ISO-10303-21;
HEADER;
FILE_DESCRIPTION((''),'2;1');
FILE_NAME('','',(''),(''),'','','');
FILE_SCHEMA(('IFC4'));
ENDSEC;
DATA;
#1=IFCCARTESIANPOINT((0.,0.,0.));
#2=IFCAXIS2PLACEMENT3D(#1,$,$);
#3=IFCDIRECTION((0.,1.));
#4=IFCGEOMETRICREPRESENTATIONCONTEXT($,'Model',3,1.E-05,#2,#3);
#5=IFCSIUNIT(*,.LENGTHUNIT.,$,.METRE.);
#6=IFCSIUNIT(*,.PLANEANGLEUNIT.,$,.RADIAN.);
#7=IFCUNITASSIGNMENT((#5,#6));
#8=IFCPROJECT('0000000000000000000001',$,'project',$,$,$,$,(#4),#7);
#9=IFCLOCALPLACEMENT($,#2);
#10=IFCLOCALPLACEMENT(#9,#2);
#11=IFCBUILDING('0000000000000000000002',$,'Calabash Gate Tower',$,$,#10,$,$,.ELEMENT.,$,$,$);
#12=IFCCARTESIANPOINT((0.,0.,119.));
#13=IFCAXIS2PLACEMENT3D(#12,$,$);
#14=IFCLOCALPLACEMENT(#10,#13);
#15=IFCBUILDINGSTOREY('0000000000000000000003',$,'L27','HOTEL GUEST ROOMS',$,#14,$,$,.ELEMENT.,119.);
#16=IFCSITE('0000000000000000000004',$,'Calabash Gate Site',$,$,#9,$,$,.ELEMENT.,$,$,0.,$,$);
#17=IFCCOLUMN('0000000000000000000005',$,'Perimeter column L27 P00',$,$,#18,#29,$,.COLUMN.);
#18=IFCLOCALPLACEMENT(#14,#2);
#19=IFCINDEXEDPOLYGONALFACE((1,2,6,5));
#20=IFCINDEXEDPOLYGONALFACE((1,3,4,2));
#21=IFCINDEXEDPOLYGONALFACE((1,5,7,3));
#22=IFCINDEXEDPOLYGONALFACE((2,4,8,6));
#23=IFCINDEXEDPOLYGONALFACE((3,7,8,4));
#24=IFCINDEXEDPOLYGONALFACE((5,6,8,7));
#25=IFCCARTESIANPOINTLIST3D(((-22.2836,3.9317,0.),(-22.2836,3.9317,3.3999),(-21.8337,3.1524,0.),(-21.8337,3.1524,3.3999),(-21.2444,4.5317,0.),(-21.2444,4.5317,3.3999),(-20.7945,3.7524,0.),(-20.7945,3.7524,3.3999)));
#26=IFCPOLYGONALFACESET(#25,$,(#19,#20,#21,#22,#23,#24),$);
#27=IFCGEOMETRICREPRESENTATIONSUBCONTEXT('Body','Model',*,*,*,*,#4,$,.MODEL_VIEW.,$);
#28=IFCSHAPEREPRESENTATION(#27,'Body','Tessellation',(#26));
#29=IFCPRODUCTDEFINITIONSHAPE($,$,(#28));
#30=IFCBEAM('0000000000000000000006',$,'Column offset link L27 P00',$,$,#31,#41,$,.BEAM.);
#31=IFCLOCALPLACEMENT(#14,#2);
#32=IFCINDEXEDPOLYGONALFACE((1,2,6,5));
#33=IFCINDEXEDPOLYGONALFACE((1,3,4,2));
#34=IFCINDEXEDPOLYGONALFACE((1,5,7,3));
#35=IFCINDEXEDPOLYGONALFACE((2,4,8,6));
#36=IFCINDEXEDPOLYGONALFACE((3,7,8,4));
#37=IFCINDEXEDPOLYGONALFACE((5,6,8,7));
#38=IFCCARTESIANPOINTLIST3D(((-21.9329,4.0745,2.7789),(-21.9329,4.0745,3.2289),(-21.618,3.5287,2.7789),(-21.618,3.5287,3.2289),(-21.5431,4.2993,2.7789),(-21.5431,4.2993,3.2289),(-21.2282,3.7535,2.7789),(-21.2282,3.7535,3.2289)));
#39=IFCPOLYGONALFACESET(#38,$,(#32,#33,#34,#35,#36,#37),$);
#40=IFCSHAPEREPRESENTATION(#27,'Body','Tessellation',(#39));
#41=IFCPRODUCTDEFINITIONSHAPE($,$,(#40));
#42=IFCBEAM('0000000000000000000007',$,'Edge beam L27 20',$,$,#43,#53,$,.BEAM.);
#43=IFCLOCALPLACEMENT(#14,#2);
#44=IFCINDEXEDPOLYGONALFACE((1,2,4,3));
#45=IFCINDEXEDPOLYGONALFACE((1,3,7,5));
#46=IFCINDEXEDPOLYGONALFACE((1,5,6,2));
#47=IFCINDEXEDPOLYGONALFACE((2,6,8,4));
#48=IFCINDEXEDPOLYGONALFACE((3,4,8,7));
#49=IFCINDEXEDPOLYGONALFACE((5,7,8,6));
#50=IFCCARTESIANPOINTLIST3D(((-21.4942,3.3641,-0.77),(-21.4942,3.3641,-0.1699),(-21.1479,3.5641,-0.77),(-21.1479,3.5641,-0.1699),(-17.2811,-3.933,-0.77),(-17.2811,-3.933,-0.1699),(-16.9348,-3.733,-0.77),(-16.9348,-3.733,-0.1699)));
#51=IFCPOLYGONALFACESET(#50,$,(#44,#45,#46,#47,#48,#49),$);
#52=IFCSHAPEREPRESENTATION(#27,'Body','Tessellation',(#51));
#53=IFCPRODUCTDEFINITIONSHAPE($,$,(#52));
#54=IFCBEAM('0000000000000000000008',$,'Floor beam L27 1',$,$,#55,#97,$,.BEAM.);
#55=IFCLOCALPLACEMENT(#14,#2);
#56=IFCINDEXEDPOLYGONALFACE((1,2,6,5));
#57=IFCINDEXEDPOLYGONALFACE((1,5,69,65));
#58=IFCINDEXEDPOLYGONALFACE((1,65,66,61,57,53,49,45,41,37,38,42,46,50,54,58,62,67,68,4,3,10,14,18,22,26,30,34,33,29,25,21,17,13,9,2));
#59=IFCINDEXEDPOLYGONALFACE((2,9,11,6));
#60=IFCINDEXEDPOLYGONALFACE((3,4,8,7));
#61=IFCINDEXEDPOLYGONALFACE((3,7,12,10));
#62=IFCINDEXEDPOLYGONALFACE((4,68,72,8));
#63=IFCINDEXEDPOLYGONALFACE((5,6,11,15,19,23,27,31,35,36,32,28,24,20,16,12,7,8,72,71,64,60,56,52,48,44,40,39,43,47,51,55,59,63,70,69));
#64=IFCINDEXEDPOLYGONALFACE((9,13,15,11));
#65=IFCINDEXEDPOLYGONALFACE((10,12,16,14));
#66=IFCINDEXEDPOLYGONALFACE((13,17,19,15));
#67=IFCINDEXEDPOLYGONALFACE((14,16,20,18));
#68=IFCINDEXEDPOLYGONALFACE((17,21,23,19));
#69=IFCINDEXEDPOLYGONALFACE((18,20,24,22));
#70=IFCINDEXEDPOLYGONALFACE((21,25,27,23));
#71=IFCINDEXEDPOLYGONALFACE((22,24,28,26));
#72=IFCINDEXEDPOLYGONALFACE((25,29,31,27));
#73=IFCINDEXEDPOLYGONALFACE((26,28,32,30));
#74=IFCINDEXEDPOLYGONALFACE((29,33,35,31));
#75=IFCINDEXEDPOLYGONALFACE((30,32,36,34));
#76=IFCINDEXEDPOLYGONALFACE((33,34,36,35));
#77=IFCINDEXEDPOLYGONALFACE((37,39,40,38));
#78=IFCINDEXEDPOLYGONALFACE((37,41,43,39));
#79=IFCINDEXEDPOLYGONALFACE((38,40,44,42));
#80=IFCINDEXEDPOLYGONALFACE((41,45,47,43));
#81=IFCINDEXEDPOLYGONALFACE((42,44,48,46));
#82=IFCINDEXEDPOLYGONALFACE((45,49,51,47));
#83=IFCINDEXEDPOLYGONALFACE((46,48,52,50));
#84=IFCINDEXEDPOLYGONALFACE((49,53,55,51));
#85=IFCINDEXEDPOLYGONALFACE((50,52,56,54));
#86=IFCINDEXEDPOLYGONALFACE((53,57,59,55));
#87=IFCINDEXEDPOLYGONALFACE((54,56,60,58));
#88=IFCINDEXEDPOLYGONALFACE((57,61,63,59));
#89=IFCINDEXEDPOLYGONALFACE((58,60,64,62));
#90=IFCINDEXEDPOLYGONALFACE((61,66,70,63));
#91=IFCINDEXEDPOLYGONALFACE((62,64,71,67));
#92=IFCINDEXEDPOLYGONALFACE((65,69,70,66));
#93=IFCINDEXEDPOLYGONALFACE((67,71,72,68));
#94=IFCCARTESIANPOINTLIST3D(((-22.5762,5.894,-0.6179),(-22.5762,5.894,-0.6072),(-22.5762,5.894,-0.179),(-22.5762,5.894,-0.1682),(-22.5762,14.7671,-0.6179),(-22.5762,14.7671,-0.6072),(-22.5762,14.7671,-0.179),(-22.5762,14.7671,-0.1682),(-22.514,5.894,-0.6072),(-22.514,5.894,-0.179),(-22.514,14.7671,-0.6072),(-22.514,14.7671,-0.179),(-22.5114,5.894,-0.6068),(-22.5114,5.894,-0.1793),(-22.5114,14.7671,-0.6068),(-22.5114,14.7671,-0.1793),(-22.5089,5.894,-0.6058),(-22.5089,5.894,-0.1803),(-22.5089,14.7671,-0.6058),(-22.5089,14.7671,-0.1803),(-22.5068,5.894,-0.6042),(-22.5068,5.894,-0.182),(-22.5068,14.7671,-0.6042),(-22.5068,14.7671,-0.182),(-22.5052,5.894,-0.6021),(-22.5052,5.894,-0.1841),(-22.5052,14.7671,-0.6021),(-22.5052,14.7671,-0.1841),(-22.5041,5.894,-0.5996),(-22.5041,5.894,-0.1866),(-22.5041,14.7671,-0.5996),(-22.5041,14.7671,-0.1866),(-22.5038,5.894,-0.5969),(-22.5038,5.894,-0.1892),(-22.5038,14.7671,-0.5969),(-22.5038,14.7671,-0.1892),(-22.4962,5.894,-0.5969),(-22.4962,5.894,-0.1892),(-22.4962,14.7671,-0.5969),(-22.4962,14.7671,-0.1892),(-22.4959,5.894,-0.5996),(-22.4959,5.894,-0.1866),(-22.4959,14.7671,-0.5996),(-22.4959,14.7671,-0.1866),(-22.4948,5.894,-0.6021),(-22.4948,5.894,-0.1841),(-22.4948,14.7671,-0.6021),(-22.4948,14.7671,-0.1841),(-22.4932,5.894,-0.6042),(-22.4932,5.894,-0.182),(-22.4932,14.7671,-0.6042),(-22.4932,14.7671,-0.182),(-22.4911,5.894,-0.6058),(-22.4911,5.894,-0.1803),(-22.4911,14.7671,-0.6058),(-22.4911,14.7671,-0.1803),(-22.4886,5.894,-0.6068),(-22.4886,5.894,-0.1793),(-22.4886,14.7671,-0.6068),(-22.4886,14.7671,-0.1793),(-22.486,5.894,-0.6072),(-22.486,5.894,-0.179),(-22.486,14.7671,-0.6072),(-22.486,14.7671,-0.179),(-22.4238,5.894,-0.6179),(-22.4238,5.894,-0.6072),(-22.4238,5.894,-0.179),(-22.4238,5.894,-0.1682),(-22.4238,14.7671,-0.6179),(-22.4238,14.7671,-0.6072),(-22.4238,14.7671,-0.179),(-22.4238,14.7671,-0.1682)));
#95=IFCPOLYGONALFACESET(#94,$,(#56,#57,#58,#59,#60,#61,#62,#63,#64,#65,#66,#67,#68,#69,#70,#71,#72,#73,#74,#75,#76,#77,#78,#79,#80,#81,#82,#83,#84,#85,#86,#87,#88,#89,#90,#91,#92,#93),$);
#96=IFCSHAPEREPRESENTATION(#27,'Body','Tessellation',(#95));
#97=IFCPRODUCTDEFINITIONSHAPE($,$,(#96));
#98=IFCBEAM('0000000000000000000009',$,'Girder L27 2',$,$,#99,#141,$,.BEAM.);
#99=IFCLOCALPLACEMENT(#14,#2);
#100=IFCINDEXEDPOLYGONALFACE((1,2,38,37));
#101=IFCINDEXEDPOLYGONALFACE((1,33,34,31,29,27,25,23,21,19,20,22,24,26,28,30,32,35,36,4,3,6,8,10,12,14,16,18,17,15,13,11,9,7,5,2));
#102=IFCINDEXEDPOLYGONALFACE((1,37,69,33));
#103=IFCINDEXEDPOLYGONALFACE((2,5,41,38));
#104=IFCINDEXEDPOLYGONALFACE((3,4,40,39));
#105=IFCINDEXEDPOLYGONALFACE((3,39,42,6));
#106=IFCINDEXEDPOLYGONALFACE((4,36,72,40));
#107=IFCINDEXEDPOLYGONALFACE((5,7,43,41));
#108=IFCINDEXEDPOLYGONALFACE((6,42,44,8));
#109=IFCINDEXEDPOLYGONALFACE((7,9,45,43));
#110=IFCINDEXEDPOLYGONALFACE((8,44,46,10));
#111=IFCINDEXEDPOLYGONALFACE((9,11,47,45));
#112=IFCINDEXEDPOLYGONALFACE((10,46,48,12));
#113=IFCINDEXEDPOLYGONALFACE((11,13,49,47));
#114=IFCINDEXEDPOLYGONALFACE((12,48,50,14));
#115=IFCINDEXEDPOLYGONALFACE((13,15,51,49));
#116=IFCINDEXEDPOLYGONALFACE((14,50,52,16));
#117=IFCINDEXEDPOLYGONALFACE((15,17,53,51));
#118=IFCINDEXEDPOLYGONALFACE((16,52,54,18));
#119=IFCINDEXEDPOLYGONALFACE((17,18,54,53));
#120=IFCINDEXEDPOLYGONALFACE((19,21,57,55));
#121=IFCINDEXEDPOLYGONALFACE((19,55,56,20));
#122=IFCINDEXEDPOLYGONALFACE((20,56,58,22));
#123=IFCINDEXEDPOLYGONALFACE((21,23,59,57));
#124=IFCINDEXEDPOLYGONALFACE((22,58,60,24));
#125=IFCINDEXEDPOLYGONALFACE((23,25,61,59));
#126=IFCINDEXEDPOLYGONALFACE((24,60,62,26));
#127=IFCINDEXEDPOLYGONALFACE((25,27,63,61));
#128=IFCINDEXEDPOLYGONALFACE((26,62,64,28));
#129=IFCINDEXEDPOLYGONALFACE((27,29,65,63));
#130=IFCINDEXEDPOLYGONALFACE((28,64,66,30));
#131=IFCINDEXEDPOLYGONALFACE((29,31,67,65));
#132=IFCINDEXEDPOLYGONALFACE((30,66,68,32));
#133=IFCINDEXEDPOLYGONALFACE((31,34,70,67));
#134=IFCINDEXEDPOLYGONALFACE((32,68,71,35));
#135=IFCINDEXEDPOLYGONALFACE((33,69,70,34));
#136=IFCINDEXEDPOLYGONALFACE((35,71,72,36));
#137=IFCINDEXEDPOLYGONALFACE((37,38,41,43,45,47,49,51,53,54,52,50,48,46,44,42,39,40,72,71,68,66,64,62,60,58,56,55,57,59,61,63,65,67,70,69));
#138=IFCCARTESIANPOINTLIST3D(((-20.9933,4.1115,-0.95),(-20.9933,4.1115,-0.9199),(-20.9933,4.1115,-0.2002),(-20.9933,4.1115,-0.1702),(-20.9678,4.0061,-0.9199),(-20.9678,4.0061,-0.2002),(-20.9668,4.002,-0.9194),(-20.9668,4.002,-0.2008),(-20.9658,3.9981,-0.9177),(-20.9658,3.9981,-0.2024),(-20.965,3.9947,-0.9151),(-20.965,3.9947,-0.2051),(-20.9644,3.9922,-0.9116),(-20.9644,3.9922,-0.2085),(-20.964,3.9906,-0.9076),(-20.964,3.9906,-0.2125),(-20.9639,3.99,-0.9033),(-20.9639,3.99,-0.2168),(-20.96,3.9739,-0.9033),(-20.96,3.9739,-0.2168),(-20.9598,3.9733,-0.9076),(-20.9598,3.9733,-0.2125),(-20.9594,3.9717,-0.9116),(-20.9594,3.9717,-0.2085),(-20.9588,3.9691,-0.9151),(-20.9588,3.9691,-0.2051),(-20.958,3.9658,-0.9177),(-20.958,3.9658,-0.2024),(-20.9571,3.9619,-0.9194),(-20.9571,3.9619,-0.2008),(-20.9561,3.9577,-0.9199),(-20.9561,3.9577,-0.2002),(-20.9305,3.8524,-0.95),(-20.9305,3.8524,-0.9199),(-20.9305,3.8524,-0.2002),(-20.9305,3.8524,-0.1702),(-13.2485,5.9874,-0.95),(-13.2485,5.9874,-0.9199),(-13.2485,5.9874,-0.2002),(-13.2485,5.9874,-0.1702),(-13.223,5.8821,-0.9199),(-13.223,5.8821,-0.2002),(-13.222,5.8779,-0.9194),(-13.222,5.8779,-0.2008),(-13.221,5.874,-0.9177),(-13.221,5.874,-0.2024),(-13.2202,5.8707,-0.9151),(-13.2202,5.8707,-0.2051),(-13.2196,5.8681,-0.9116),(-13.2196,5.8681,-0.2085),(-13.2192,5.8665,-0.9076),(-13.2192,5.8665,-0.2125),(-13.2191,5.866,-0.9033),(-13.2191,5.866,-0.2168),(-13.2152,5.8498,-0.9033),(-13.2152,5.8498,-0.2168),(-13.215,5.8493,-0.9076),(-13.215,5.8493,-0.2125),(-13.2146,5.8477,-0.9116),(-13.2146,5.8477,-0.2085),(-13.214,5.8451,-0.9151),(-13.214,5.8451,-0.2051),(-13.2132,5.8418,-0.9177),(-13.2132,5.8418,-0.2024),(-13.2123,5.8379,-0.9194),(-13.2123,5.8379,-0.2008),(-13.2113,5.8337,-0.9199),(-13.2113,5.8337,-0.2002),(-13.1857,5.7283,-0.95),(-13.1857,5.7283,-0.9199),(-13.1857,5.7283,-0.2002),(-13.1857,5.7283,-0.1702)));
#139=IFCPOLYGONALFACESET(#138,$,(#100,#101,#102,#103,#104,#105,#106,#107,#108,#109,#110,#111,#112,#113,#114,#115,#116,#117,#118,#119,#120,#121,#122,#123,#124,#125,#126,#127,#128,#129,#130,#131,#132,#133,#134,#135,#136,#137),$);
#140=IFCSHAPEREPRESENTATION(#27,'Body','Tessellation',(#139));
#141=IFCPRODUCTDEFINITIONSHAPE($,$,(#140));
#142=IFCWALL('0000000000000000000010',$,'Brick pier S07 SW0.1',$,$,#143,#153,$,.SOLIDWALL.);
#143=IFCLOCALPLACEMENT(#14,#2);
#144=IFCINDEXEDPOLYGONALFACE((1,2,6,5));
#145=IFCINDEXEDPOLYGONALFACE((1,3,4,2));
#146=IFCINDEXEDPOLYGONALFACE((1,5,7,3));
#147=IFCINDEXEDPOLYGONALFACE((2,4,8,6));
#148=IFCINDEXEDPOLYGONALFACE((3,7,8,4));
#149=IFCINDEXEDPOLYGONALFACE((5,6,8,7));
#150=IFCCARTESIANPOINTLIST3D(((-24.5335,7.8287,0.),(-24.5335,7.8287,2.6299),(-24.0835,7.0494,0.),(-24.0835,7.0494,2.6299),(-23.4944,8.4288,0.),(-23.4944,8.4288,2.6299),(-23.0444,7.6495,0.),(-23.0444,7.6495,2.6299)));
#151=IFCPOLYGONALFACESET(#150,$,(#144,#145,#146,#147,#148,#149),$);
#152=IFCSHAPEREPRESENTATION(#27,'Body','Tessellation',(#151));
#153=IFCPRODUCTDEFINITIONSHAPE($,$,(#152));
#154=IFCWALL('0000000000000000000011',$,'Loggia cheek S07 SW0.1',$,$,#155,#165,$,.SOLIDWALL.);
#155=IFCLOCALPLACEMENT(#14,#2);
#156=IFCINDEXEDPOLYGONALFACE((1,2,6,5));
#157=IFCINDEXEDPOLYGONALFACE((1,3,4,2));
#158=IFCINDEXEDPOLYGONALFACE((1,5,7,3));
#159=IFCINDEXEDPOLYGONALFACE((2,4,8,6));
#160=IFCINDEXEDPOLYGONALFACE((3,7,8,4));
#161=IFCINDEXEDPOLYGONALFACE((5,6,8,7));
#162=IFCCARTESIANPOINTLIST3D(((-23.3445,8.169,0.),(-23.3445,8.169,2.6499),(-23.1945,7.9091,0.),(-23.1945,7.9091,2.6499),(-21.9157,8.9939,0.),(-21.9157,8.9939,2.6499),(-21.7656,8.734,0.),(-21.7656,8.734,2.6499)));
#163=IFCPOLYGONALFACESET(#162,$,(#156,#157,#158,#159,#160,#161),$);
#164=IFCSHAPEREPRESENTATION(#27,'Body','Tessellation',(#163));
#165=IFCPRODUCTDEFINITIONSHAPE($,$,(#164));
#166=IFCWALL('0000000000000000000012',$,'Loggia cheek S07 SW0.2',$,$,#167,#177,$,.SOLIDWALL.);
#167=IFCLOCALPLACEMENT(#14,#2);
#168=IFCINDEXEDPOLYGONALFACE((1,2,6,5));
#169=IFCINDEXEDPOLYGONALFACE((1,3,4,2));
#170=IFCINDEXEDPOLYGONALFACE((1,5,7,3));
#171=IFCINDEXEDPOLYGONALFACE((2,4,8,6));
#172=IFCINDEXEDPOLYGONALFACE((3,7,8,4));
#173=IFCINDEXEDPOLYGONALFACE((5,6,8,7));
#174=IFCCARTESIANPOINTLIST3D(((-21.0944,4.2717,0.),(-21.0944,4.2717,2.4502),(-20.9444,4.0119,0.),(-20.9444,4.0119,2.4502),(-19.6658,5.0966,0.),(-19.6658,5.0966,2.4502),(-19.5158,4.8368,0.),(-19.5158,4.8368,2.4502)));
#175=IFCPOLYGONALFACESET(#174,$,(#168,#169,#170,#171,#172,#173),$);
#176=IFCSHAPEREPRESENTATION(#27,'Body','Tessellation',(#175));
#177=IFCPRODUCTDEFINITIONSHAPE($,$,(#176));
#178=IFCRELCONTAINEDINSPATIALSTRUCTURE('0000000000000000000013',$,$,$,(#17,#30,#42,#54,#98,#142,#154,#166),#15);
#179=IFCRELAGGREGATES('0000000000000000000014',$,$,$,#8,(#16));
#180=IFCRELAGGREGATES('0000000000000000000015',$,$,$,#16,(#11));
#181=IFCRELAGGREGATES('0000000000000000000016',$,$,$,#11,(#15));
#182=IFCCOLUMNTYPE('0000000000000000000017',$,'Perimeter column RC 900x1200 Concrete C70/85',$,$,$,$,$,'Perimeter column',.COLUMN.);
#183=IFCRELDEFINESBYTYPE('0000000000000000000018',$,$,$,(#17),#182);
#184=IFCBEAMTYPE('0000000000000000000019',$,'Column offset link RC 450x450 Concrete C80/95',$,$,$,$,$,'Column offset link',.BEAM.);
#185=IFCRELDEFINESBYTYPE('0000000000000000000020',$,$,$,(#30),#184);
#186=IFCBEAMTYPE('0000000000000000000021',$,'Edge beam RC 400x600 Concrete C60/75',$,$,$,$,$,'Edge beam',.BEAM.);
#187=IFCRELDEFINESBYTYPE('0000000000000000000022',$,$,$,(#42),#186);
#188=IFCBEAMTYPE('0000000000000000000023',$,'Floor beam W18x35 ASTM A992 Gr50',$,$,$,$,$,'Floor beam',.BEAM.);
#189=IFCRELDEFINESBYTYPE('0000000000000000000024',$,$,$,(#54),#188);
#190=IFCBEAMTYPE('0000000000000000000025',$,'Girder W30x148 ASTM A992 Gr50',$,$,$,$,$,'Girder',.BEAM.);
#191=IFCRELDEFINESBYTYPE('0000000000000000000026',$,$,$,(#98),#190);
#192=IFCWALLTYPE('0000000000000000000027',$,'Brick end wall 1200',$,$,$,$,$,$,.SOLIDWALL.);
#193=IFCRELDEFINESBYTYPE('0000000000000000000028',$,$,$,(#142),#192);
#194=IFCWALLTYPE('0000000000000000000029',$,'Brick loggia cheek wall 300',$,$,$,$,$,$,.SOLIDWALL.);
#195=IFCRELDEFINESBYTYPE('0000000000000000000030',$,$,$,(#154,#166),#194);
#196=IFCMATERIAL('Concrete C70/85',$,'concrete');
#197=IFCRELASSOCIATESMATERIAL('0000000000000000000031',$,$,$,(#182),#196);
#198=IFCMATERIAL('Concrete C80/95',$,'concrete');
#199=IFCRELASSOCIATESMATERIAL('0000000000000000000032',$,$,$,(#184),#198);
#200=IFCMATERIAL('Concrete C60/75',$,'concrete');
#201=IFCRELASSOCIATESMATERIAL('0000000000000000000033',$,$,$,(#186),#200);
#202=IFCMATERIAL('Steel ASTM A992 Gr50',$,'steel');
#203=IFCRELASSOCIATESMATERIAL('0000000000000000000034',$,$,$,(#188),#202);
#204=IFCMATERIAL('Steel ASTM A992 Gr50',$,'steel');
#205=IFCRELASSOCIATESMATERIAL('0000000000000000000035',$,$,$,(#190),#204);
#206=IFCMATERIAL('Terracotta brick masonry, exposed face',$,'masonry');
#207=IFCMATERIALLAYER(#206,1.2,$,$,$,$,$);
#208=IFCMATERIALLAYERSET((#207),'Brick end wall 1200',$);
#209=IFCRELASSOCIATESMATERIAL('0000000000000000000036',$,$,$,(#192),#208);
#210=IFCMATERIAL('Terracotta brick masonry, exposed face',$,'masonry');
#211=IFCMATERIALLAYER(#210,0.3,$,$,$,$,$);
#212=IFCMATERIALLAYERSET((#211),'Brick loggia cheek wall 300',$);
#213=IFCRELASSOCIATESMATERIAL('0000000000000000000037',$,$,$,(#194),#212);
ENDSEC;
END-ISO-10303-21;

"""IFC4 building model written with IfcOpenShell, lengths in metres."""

from ifc_helpers import new_model, si_unit, direction, frame, frame_2d, origin, origin_2d, place, context, subcontext, project, spatial, rectangle, i_section, extrude, material, layer, layer_set, material_profile, profile_set, type_object, element, save


model = new_model("IFC4")

# Units and contexts
model_context = context("Model", 3, precision=1e-05, world=origin(), true_north=direction((0.0, 1.0)))
body_context = subcontext(model_context, "Body", "Model", "MODEL_VIEW")
ifc_project = project(units=[si_unit("LENGTHUNIT", "METRE"), si_unit("PLANEANGLEUNIT", "RADIAN")], contexts=[model_context])

# Site, building, storey
site_placement = place(None, origin())
site = spatial("IfcSite", under=ifc_project, at=site_placement, Name="Calabash Gate Site", CompositionType="ELEMENT", RefElevation=0.0)
building_placement = place(site_placement, origin())
building = spatial("IfcBuilding", under=site, at=building_placement, Name="Calabash Gate Tower", CompositionType="ELEMENT")
storey_placement = place(building_placement, frame((0.0, 0.0, 119.0)))
storey = spatial("IfcBuildingStorey", under=building, at=storey_placement, Name="L27", Description="HOTEL GUEST ROOMS", CompositionType="ELEMENT", Elevation=119.0)

# Column
ifc_material_1 = material(Name="Concrete C70/85", Category="concrete")
ifc_material_profile_1 = material_profile(ifc_material_1, rectangle(XDim=0.8999, YDim=1.2, at=origin_2d()))
ifc_profile_set_1 = profile_set([ifc_material_profile_1], Name="Concrete C70/85")
column_type = type_object("IfcColumnType", Name="Perimeter column RC 900x1200 Concrete C70/85", ElementType="Perimeter column", PredefinedType="COLUMN", material=ifc_profile_set_1)
column_placement = place(storey_placement, frame((-21.5391, 3.842, 0.0), z_axis=(0.0, 0.0, 1.0), x_axis=(0.5, -0.866025, 0.0)))
element("IfcColumn", 1, at=column_placement, inside=storey, type_object=column_type, Name="Perimeter column L27 P00", PredefinedType="COLUMN", context=body_context, shape_type="SweptSolid", body=[
    extrude(rectangle(XDim=0.8999, YDim=1.2, at=origin_2d()), origin(), (0.0, 0.0, 1.0), 3.3999),
])

# Beams
ifc_material_2 = material(Name="Concrete C80/95", Category="concrete")
ifc_material_profile_2 = material_profile(ifc_material_2, rectangle(XDim=0.45, YDim=0.45, at=origin_2d()))
ifc_profile_set_2 = profile_set([ifc_material_profile_2], Name="Concrete C80/95")
beam_type_1 = type_object("IfcBeamType", Name="Column offset link RC 450x450 Concrete C80/95", ElementType="Column offset link", PredefinedType="BEAM", material=ifc_profile_set_2)
beam_1_placement = place(storey_placement, frame((-21.4231, 3.6411, 3.0039), z_axis=(-0.499722, 0.866186, 0.0), x_axis=(-0.866186, -0.499722, 0.0)))
element("IfcBeam", 2, at=beam_1_placement, inside=storey, type_object=beam_type_1, Name="Column offset link L27 P00", PredefinedType="BEAM", context=body_context, shape_type="SweptSolid", body=[
    extrude(rectangle(XDim=0.45, YDim=0.45, at=origin_2d()), origin(), (0.0, 0.0, 1.0), 0.6301),
])
ifc_material_3 = material(Name="Concrete C60/75", Category="concrete")
ifc_material_profile_3 = material_profile(ifc_material_3, rectangle(XDim=0.3999, YDim=0.6001, at=origin_2d()))
ifc_profile_set_3 = profile_set([ifc_material_profile_3], Name="Concrete C60/75")
beam_type_2 = type_object("IfcBeamType", Name="Edge beam RC 400x600 Concrete C60/75", ElementType="Edge beam", PredefinedType="BEAM", material=ifc_profile_set_3)
beam_2_placement = place(storey_placement, frame((-21.321, 3.4641, -0.47), z_axis=(0.500013, -0.866018, 0.0), x_axis=(0.866018, 0.500013, 0.0)))
element("IfcBeam", 3, at=beam_2_placement, inside=storey, type_object=beam_type_2, Name="Edge beam L27 20", PredefinedType="BEAM", context=body_context, shape_type="SweptSolid", body=[
    extrude(rectangle(XDim=0.3999, YDim=0.6001, at=origin_2d()), origin(), (0.0, 0.0, 1.0), 8.426),
])
ifc_material_4 = material(Name="Steel ASTM A992 Gr50", Category="steel")
ifc_material_profile_4 = material_profile(ifc_material_4, i_section(OverallWidth=0.1523, OverallDepth=0.4497, WebThickness=0.0076, FlangeThickness=0.0107, FilletRadius=0.0103, at=origin_2d()))
ifc_profile_set_4 = profile_set([ifc_material_profile_4], Name="Steel ASTM A992 Gr50")
beam_type_3 = type_object("IfcBeamType", Name="Floor beam W18x35 ASTM A992 Gr50", ElementType="Floor beam", PredefinedType="BEAM", material=ifc_profile_set_4)
beam_3_placement = place(storey_placement, frame((-22.5, 5.894, -0.3931), z_axis=(0.0, 1.0, 0.0), x_axis=(-1.0, 0.0, 0.0)))
element("IfcBeam", 4, at=beam_3_placement, inside=storey, type_object=beam_type_3, Name="Floor beam L27 1", PredefinedType="BEAM", context=body_context, shape_type="SweptSolid", body=[
    extrude(i_section(OverallWidth=0.1523, OverallDepth=0.4497, WebThickness=0.0076, FlangeThickness=0.0107, FilletRadius=0.0103, at=origin_2d()), origin(), (0.0, 0.0, 1.0), 8.873),
])
ifc_material_5 = material(Name="Steel ASTM A992 Gr50", Category="steel")
ifc_material_profile_5 = material_profile(ifc_material_5, i_section(OverallWidth=0.2666, OverallDepth=0.7798, WebThickness=0.0166, FlangeThickness=0.03, FilletRadius=0.0166, at=origin_2d()))
ifc_profile_set_5 = profile_set([ifc_material_profile_5], Name="Steel ASTM A992 Gr50")
beam_type_4 = type_object("IfcBeamType", Name="Girder W30x148 ASTM A992 Gr50", ElementType="Girder", PredefinedType="BEAM", material=ifc_profile_set_5)
beam_4_placement = place(storey_placement, frame((-20.9619, 3.9819, -0.5601), z_axis=(0.971895, 0.235414, 0.0), x_axis=(-0.235414, 0.971895, 0.0)))
element("IfcBeam", 5, at=beam_4_placement, inside=storey, type_object=beam_type_4, Name="Girder L27 2", PredefinedType="BEAM", context=body_context, shape_type="SweptSolid", body=[
    extrude(i_section(OverallWidth=0.2666, OverallDepth=0.7798, WebThickness=0.0166, FlangeThickness=0.03, FilletRadius=0.0166, at=origin_2d()), origin(), (0.0, 0.0, 1.0), 7.9688),
])

# Walls
ifc_material_6 = material(Name="Terracotta brick masonry, exposed face", Category="masonry")
ifc_layer_1 = layer(ifc_material_6, 1.2)
ifc_layer_set_1 = layer_set([ifc_layer_1], Name="Brick end wall 1200")
wall_type_1 = type_object("IfcWallType", Name="Brick end wall 1200", PredefinedType="SOLIDWALL", material=ifc_layer_set_1)
wall_1_placement = place(storey_placement, frame((-24.3086, 7.439, 0.0), z_axis=(0.0, 0.0, 1.0), x_axis=(0.865955, 0.500122, 0.0)))
element("IfcWall", 6, at=wall_1_placement, inside=storey, type_object=wall_type_1, Name="Brick pier S07 SW0.1", PredefinedType="SOLIDWALL", context=body_context, shape_type="SweptSolid", body=[
    extrude(rectangle(XDim=1.2, YDim=0.8999, at=frame_2d((0.6001, 0.0))), origin(), (0.0, 0.0, 1.0), 2.6299),
])
ifc_material_7 = material(Name="Terracotta brick masonry, exposed face", Category="masonry")
ifc_layer_2 = layer(ifc_material_7, 0.3)
ifc_layer_set_2 = layer_set([ifc_layer_2], Name="Brick loggia cheek wall 300")
wall_type_2 = type_object("IfcWallType", Name="Brick loggia cheek wall 300", PredefinedType="SOLIDWALL", material=ifc_layer_set_2)
wall_2_placement = place(storey_placement, frame((-23.2695, 8.0391, 0.0), z_axis=(0.0, 0.0, 1.0), x_axis=(0.86604, 0.499974, 0.0)))
element("IfcWall", 7, at=wall_2_placement, inside=storey, type_object=wall_type_2, Name="Loggia cheek S07 SW0.1", PredefinedType="SOLIDWALL", context=body_context, shape_type="SweptSolid", body=[
    extrude(rectangle(XDim=1.6499, YDim=0.3, at=frame_2d((0.825, 0.0))), origin(), (0.0, 0.0, 1.0), 2.6499),
])
wall_3_placement = place(storey_placement, frame((-21.0193, 4.1418, 0.0), z_axis=(0.0, 0.0, 1.0), x_axis=(0.866003, 0.500038, 0.0)))
element("IfcWall", 8, at=wall_3_placement, inside=storey, type_object=wall_type_2, Name="Loggia cheek S07 SW0.2", PredefinedType="SOLIDWALL", context=body_context, shape_type="SweptSolid", body=[
    extrude(rectangle(XDim=1.6497, YDim=0.3, at=frame_2d((0.8247, 0.0))), origin(), (0.0, 0.0, 1.0), 2.4502),
])

save(model, "model.ifc")
